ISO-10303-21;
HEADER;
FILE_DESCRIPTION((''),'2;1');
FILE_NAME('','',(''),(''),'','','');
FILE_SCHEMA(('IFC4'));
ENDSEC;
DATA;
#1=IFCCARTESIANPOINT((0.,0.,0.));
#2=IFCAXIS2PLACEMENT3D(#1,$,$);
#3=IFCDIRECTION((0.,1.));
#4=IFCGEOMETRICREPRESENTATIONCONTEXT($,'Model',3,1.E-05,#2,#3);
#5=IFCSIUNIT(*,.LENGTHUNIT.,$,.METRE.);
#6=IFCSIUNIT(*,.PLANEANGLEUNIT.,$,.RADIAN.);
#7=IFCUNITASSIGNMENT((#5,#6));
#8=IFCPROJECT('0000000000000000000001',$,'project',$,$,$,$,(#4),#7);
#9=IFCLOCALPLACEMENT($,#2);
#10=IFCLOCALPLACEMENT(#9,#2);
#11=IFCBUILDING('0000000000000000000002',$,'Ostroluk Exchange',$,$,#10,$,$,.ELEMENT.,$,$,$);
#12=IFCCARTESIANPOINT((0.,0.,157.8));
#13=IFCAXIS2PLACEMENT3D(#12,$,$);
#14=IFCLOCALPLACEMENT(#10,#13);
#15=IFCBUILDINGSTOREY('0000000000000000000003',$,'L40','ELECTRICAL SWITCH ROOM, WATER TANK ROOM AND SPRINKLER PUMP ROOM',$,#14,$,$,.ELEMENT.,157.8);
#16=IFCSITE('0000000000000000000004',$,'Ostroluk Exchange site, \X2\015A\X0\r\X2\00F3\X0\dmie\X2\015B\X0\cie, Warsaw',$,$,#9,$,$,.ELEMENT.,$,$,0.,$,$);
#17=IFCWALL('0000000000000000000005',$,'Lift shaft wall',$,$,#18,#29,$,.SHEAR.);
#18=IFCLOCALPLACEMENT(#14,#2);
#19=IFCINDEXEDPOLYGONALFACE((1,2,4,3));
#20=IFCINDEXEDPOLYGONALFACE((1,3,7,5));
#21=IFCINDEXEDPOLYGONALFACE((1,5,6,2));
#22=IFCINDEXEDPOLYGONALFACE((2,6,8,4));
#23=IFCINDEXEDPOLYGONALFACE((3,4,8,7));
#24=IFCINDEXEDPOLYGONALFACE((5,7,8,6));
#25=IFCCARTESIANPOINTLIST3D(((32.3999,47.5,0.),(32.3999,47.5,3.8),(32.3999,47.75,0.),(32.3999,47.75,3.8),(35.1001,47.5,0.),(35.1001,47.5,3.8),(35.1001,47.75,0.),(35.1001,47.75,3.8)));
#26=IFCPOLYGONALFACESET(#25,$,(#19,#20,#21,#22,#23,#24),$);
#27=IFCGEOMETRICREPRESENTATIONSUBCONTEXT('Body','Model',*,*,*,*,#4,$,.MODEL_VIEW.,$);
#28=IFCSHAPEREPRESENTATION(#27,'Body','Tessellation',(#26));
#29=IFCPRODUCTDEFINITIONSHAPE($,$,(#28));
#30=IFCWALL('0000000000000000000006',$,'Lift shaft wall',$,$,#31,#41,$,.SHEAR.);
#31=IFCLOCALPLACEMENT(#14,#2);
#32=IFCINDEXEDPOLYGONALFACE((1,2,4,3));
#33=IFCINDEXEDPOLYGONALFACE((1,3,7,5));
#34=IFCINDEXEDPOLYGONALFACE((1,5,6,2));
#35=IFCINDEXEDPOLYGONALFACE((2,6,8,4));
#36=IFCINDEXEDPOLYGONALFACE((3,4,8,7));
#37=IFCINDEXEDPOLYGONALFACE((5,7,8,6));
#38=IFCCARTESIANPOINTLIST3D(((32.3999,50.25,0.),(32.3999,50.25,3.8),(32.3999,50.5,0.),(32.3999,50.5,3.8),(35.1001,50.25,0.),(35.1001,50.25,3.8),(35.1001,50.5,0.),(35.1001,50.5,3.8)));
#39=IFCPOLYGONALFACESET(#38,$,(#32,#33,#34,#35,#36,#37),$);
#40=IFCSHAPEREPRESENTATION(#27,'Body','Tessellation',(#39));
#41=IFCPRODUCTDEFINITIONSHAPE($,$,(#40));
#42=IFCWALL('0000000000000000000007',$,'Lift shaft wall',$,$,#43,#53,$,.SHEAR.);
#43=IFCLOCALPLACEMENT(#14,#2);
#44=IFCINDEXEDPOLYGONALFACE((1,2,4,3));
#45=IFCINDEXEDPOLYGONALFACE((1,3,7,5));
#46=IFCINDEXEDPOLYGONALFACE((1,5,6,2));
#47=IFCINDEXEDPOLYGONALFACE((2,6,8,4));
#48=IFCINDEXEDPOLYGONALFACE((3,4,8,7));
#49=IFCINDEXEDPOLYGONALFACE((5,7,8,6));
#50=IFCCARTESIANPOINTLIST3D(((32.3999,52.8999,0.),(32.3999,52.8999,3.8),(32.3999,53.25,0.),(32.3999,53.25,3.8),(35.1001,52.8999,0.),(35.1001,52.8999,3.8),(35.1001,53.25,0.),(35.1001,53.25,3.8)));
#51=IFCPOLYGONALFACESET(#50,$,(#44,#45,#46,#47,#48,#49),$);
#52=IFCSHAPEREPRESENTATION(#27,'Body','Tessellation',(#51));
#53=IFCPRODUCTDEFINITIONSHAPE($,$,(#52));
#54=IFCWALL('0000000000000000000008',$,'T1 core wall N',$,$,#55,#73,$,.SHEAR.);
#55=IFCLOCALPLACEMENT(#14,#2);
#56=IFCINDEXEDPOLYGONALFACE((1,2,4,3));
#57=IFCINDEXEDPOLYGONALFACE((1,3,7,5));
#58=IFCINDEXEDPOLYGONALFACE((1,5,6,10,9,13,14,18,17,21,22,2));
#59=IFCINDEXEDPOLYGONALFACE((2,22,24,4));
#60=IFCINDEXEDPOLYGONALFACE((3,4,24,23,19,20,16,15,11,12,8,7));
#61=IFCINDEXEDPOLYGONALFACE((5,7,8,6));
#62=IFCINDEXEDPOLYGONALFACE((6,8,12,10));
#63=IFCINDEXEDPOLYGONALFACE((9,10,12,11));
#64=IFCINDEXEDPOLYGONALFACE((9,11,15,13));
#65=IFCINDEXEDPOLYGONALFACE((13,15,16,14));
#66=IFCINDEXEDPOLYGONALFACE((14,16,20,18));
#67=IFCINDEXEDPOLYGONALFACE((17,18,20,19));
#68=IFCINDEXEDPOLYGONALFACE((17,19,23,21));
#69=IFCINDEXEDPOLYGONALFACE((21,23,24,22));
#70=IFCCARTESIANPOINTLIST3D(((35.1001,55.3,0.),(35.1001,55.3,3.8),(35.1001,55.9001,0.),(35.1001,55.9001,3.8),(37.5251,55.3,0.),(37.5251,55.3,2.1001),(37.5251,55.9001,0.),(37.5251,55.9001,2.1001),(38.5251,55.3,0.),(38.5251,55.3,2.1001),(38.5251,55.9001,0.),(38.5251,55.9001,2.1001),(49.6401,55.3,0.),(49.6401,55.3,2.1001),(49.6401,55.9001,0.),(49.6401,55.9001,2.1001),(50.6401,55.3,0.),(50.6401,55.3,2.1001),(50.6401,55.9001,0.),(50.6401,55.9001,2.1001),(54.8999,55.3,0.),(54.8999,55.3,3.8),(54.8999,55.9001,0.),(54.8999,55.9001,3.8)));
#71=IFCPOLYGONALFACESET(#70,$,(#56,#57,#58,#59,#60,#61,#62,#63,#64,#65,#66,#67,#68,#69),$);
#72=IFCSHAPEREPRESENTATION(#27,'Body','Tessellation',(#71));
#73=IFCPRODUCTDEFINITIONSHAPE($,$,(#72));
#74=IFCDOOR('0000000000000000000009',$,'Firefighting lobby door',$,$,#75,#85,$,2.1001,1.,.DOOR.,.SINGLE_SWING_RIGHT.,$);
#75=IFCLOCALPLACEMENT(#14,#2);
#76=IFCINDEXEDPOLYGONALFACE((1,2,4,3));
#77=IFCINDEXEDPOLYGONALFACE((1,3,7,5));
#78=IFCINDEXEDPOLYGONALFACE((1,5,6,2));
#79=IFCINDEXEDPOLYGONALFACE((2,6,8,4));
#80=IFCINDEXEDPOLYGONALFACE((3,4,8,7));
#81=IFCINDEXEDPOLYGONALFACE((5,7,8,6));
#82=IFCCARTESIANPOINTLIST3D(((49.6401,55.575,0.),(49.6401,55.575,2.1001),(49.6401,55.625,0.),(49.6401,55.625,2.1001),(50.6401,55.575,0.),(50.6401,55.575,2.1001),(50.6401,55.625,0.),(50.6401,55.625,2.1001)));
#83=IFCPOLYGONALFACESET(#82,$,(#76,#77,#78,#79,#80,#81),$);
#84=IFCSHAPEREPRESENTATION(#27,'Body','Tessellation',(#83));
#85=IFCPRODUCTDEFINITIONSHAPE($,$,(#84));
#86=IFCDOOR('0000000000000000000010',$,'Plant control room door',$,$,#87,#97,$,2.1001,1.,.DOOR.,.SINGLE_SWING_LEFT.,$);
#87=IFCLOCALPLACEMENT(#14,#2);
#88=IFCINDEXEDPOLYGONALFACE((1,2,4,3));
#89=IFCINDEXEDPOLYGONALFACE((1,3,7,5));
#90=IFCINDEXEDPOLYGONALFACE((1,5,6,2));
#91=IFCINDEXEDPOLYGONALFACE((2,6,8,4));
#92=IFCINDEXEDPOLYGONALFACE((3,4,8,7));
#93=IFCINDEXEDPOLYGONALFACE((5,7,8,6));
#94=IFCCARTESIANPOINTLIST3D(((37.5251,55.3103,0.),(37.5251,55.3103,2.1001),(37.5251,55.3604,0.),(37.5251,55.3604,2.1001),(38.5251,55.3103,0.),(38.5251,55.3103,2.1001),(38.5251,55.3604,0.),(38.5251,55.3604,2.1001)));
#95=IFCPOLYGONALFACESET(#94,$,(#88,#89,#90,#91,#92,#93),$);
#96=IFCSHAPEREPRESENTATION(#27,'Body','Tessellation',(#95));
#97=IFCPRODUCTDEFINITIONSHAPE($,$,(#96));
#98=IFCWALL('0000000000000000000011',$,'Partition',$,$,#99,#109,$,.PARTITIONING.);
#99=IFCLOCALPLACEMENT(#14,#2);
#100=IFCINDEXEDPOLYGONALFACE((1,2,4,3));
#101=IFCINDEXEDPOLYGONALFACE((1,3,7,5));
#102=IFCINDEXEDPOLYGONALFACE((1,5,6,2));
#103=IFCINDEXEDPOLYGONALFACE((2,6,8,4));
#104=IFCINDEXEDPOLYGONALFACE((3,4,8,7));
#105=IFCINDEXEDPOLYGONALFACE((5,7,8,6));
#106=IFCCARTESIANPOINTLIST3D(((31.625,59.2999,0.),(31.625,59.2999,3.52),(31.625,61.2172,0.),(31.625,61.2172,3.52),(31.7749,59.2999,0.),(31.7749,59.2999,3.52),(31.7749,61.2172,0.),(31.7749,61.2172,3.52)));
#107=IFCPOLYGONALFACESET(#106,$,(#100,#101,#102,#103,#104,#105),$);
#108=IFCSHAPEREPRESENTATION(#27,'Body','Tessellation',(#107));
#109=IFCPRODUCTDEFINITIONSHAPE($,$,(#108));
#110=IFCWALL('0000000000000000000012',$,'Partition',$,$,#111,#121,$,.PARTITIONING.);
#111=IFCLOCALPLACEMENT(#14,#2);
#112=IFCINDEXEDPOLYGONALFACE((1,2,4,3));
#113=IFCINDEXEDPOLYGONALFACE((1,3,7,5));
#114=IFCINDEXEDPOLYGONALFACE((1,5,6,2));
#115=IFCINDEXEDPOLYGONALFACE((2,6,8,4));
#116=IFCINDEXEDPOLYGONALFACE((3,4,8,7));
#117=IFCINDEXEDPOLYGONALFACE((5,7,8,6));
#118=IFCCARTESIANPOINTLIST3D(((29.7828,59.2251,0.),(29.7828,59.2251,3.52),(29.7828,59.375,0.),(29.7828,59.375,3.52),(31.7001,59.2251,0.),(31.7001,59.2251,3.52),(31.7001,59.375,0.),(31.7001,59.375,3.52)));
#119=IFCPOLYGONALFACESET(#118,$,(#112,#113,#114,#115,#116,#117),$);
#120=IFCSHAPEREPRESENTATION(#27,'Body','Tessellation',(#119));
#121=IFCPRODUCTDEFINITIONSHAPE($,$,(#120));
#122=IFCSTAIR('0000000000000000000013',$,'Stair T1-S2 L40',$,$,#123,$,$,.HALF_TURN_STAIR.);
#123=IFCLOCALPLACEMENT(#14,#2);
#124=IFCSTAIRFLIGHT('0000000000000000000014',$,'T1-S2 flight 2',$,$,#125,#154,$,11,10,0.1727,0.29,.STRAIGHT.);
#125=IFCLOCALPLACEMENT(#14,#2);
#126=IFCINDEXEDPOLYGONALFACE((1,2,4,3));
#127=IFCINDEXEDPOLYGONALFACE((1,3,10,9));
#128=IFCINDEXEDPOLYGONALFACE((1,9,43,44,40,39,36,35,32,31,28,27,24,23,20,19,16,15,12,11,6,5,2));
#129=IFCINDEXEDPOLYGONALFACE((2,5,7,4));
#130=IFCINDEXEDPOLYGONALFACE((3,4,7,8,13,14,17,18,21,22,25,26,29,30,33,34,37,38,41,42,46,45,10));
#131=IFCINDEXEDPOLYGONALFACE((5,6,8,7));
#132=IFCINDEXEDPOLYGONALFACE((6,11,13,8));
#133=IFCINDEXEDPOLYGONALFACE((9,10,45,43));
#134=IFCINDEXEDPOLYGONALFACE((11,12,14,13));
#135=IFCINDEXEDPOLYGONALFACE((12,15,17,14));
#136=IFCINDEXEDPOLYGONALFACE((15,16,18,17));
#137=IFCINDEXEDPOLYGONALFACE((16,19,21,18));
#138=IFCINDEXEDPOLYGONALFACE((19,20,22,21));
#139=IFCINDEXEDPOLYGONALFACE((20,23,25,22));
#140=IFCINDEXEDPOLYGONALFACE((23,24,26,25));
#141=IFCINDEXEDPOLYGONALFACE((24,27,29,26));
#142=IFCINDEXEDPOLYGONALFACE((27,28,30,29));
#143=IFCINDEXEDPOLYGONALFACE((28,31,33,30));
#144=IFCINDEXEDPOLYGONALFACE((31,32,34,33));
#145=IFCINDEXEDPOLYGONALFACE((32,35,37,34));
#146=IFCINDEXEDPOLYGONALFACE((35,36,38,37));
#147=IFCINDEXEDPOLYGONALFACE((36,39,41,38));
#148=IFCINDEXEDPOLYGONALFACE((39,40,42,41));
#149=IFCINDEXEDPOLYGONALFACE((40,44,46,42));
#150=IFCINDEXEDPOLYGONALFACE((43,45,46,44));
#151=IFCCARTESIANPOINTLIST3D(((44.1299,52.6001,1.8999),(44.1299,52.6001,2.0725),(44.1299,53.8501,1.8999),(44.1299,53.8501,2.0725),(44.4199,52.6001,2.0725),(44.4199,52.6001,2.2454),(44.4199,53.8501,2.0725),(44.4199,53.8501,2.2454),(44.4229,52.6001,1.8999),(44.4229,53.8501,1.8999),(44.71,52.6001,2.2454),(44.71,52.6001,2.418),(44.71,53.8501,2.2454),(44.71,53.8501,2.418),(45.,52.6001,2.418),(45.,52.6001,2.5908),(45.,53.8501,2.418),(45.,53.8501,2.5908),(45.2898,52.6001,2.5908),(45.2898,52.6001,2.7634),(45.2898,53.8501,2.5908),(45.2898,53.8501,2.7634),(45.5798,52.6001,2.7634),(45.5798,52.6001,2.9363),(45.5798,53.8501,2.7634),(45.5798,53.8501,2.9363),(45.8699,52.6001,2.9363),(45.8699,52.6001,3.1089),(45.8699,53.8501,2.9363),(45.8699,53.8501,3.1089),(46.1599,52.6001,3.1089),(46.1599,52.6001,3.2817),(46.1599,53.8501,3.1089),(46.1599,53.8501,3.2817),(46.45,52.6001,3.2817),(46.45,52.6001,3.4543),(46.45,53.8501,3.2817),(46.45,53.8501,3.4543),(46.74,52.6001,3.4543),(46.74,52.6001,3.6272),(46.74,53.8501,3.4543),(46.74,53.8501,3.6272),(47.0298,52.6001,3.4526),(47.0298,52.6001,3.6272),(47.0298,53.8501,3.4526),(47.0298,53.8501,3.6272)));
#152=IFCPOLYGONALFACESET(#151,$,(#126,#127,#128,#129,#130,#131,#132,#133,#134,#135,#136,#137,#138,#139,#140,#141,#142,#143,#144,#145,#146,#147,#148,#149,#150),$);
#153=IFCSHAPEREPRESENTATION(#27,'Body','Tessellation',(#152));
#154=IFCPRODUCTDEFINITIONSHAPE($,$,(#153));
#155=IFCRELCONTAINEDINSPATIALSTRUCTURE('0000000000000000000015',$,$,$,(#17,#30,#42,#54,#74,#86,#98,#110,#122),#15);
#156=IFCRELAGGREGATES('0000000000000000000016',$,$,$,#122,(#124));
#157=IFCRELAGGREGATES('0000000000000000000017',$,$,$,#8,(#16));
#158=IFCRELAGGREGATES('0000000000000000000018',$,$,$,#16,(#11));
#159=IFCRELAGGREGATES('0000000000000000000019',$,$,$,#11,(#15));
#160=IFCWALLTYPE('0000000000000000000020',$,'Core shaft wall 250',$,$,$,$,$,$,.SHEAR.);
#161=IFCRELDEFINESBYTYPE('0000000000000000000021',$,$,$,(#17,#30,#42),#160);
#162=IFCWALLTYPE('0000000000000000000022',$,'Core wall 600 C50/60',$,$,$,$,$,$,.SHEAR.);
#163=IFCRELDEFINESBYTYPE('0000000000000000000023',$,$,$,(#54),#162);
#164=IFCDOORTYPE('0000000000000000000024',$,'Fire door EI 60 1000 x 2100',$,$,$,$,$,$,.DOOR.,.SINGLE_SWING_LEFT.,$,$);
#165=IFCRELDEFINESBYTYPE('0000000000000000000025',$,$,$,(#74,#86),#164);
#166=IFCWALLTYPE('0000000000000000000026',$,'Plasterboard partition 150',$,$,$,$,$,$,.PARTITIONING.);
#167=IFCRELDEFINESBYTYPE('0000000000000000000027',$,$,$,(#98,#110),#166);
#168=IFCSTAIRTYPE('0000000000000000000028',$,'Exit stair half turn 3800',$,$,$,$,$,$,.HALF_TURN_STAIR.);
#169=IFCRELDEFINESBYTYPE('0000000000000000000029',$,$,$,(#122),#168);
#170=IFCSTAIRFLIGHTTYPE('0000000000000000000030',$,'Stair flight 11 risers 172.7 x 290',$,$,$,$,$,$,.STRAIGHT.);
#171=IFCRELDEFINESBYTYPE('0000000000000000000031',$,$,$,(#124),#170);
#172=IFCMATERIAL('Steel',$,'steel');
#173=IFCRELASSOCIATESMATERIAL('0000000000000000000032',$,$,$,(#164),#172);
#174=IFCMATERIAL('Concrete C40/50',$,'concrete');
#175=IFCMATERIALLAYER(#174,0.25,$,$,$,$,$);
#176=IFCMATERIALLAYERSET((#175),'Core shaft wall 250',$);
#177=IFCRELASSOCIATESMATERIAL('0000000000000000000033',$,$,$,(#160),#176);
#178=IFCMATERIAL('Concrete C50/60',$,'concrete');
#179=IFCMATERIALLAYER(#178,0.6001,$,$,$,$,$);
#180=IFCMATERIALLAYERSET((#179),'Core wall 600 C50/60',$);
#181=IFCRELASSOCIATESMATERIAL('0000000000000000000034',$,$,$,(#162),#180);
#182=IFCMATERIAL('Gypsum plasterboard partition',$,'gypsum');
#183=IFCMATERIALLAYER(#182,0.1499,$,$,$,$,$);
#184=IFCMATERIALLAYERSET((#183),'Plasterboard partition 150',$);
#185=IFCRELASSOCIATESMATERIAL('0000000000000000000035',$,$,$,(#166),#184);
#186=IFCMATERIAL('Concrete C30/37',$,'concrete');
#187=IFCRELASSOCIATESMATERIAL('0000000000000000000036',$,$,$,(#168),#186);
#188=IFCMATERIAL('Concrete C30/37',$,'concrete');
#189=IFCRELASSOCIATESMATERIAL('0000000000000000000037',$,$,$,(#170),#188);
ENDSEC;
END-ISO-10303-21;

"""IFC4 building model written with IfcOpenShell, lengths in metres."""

from ifc_helpers import new_model, si_unit, direction, frame, frame_2d, origin, place, context, subcontext, project, spatial, polyline, rectangle, outline, extrude, material, layer, layer_set, type_object, element, fill, aggregate, save


model = new_model("IFC4")

# Units and contexts
model_context = context("Model", 3, precision=1e-05, world=origin(), true_north=direction((0.0, 1.0)))
body_context = subcontext(model_context, "Body", "Model", "MODEL_VIEW")
ifc_project = project(units=[si_unit("LENGTHUNIT", "METRE"), si_unit("PLANEANGLEUNIT", "RADIAN")], contexts=[model_context])

# Site, building, storey
site_placement = place(None, origin())
site = spatial("IfcSite", under=ifc_project, at=site_placement, Name="Ostroluk Exchange site, Śródmieście, Warsaw", CompositionType="ELEMENT", RefElevation=0.0)
building_placement = place(site_placement, origin())
building = spatial("IfcBuilding", under=site, at=building_placement, Name="Ostroluk Exchange", CompositionType="ELEMENT")
storey_placement = place(building_placement, frame((0.0, 0.0, 157.8)))
storey = spatial("IfcBuildingStorey", under=building, at=storey_placement, Name="L40", Description="ELECTRICAL SWITCH ROOM, WATER TANK ROOM AND SPRINKLER PUMP ROOM", CompositionType="ELEMENT", Elevation=157.8)

# Shared definitions
ifc_material_1 = material(Name="Steel", Category="steel")
door_type_1 = type_object("IfcDoorType", Name="Fire door EI 60 1000 x 2100", OperationType="SINGLE_SWING_LEFT", PredefinedType="DOOR", material=ifc_material_1)

# Shared definitions
ifc_material_2 = material(Name="Concrete C40/50", Category="concrete")
ifc_layer_1 = layer(ifc_material_2, 0.25)
ifc_layer_set_1 = layer_set([ifc_layer_1], Name="Core shaft wall 250")
wall_type_1 = type_object("IfcWallType", Name="Core shaft wall 250", PredefinedType="SHEAR", material=ifc_layer_set_1)

# Walls
for number, where, z_axis, x_axis, name in (
    (1, (32.3999, 47.625, 0.0), (0.0, 0.0, 1.0), (1.0, 0.0, 0.0), "Lift shaft wall"),
    (2, (32.3999, 50.375, 0.0), (0.0, 0.0, 1.0), (1.0, 0.0, 0.0), "Lift shaft wall"),
):
    element("IfcWall", number, at=place(storey_placement, frame(where, z_axis=z_axis, x_axis=x_axis)), inside=storey, type_object=wall_type_1, Name=name, PredefinedType="SHEAR", context=body_context, shape_type="SweptSolid", body=[
        extrude(rectangle(XDim=2.7002, YDim=0.25, at=frame_2d((1.3501, 0.0))), origin(), (0.0, 0.0, 1.0), 3.8),
    ])
wall_1_placement = place(storey_placement, frame((32.3999, 53.075, 0.0), z_axis=(0.0, 0.0, 1.0), x_axis=(1.0, 0.0, 0.0)))
element("IfcWall", 3, at=wall_1_placement, inside=storey, type_object=wall_type_1, Name="Lift shaft wall", PredefinedType="SHEAR", context=body_context, shape_type="SweptSolid", body=[
    extrude(rectangle(XDim=2.7002, YDim=0.3501, at=frame_2d((1.3501, 0.0))), origin(), (0.0, 0.0, 1.0), 3.8),
])

# Wall, openings, doors
ifc_material_3 = material(Name="Concrete C50/60", Category="concrete")
ifc_layer_2 = layer(ifc_material_3, 0.6001)
ifc_layer_set_2 = layer_set([ifc_layer_2], Name="Core wall 600 C50/60")
wall_type_2 = type_object("IfcWallType", Name="Core wall 600 C50/60", PredefinedType="SHEAR", material=ifc_layer_set_2)
wall_2_placement = place(storey_placement, frame((35.1001, 55.6001, 0.0), z_axis=(0.0, 0.0, 1.0), x_axis=(1.0, 0.0, 0.0)))
wall_2 = element("IfcWall", 4, at=wall_2_placement, inside=storey, type_object=wall_type_2, Name="T1 core wall N", PredefinedType="SHEAR", context=body_context, shape_type="SweptSolid", body=[
    extrude(rectangle(XDim=19.7998, YDim=0.6001, at=frame_2d((9.8999, 0.0))), origin(), (0.0, 0.0, 1.0), 3.8),
])
opening_1_placement = place(wall_2_placement, frame((14.54, 0.0, 0.0)))
opening_1 = element("IfcOpeningElement", 5, at=opening_1_placement, cuts=wall_2, PredefinedType="OPENING", context=body_context, shape_type="SweptSolid", body=[
    extrude(rectangle(XDim=1.0, YDim=2.1001, at=frame_2d((0.5, 1.05))), frame((0.0, 0.3101, 0.0), z_axis=(0.0, -1.0, 0.0), x_axis=(1.0, 0.0, 0.0)), (0.0, 0.0, 1.0), 0.6201),
])
opening_2_placement = place(wall_2_placement, frame((2.425, 0.0, 0.0)))
opening_2 = element("IfcOpeningElement", 6, at=opening_2_placement, cuts=wall_2, PredefinedType="OPENING", context=body_context, shape_type="SweptSolid", body=[
    extrude(rectangle(XDim=1.0, YDim=2.1001, at=frame_2d((0.5, 1.05))), frame((0.0, 0.3101, 0.0), z_axis=(0.0, -1.0, 0.0), x_axis=(1.0, 0.0, 0.0)), (0.0, 0.0, 1.0), 0.6201),
])
door_1_placement = place(opening_1_placement, origin())
door_1 = element("IfcDoor", 7, at=door_1_placement, inside=storey, type_object=door_type_1, Name="Firefighting lobby door", OperationType="SINGLE_SWING_RIGHT", OverallHeight=2.1001, OverallWidth=1.0, PredefinedType="DOOR", context=body_context, shape_type="SweptSolid", body=[
    extrude(rectangle(XDim=1.0, YDim=2.1001, at=frame_2d((0.5, 1.05))), frame((0.0, 0.0249, 0.0), z_axis=(0.0, -1.0, 0.0), x_axis=(1.0, 0.0, 0.0)), (0.0, 0.0, 1.0), 0.05),
])
fill(opening_1, door_1)
door_2_placement = place(opening_2_placement, origin())
door_2 = element("IfcDoor", 8, at=door_2_placement, inside=storey, type_object=door_type_1, Name="Plant control room door", OperationType="SINGLE_SWING_LEFT", OverallHeight=2.1001, OverallWidth=1.0, PredefinedType="DOOR", context=body_context, shape_type="SweptSolid", body=[
    extrude(rectangle(XDim=1.0, YDim=2.1001, at=frame_2d((0.5, 1.05))), frame((0.0, -0.2397, 0.0), z_axis=(0.0, -1.0, 0.0), x_axis=(1.0, 0.0, 0.0)), (0.0, 0.0, 1.0), 0.05),
])
fill(opening_2, door_2)

# Walls
ifc_material_4 = material(Name="Gypsum plasterboard partition", Category="gypsum")
ifc_layer_3 = layer(ifc_material_4, 0.1499)
ifc_layer_set_3 = layer_set([ifc_layer_3], Name="Plasterboard partition 150")
wall_type_3 = type_object("IfcWallType", Name="Plasterboard partition 150", PredefinedType="PARTITIONING", material=ifc_layer_set_3)
for number, where, z_axis, x_axis, name in (
    (9, (31.7, 59.3, 0.0), (0.0, 0.0, 1.0), (0.0, 1.0, 0.0), "Partition"),
    (10, (31.7, 59.3, 0.0), (0.0, 0.0, 1.0), (-1.0, 0.0, 0.0), "Partition"),
):
    element("IfcWall", number, at=place(storey_placement, frame(where, z_axis=z_axis, x_axis=x_axis)), inside=storey, type_object=wall_type_3, Name=name, PredefinedType="PARTITIONING", context=body_context, shape_type="SweptSolid", body=[
        extrude(rectangle(XDim=1.9172, YDim=0.1499, at=frame_2d((0.9585, 0.0))), origin(), (0.0, 0.0, 1.0), 3.52),
    ])

# Stair, stair flight
ifc_material_5 = material(Name="Concrete C30/37", Category="concrete")
stair_type = type_object("IfcStairType", Name="Exit stair half turn 3800", PredefinedType="HALF_TURN_STAIR", material=ifc_material_5)
stair_placement = place(storey_placement, origin())
stair = element("IfcStair", 11, at=stair_placement, inside=storey, type_object=stair_type, Name="Stair T1-S2 L40", PredefinedType="HALF_TURN_STAIR")
ifc_material_6 = material(Name="Concrete C30/37", Category="concrete")
stair_flight_type = type_object("IfcStairFlightType", Name="Stair flight 11 risers 172.7 x 290", PredefinedType="STRAIGHT", material=ifc_material_6)
stair_flight_placement = place(storey_placement, frame((44.1299, 53.2251, 1.8999), z_axis=(0.0, 0.0, 1.0), x_axis=(1.0, 0.0, 0.0)))
stair_flight = element("IfcStairFlight", 12, at=stair_flight_placement, type_object=stair_flight_type, Name="T1-S2 flight 2", NumberOfRisers=11, NumberOfTreads=10, PredefinedType="STRAIGHT", RiserHeight=0.1727, TreadLength=0.29, context=body_context, shape_type="SweptSolid", body=[
    extrude(outline(polyline([(0.0, 0.0), (0.0, 0.1726), (0.29, 0.1726), (0.29, 0.3455), (0.5801, 0.3455), (0.5801, 0.5181), (0.8701, 0.5181), (0.8701, 0.6909), (1.1599, 0.6909), (1.1599, 0.8635), (1.45, 0.8635), (1.45, 1.0364), (1.74, 1.0364), (1.74, 1.209), (2.03, 1.209), (2.03, 1.3818), (2.3201, 1.3818), (2.3201, 1.5544), (2.6101, 1.5544), (2.6101, 1.7273), (2.8999, 1.7273), (2.8999, 1.8999), (2.8999, 1.5527), (0.293, 0.0), (0.0, 0.0)])), frame((0.0, 0.625, 0.0), z_axis=(0.0, -1.0, 0.0), x_axis=(1.0, 0.0, 0.0)), (0.0, 0.0, 1.0), 1.25),
])
aggregate(stair, [stair_flight])

save(model, "model.ifc")
